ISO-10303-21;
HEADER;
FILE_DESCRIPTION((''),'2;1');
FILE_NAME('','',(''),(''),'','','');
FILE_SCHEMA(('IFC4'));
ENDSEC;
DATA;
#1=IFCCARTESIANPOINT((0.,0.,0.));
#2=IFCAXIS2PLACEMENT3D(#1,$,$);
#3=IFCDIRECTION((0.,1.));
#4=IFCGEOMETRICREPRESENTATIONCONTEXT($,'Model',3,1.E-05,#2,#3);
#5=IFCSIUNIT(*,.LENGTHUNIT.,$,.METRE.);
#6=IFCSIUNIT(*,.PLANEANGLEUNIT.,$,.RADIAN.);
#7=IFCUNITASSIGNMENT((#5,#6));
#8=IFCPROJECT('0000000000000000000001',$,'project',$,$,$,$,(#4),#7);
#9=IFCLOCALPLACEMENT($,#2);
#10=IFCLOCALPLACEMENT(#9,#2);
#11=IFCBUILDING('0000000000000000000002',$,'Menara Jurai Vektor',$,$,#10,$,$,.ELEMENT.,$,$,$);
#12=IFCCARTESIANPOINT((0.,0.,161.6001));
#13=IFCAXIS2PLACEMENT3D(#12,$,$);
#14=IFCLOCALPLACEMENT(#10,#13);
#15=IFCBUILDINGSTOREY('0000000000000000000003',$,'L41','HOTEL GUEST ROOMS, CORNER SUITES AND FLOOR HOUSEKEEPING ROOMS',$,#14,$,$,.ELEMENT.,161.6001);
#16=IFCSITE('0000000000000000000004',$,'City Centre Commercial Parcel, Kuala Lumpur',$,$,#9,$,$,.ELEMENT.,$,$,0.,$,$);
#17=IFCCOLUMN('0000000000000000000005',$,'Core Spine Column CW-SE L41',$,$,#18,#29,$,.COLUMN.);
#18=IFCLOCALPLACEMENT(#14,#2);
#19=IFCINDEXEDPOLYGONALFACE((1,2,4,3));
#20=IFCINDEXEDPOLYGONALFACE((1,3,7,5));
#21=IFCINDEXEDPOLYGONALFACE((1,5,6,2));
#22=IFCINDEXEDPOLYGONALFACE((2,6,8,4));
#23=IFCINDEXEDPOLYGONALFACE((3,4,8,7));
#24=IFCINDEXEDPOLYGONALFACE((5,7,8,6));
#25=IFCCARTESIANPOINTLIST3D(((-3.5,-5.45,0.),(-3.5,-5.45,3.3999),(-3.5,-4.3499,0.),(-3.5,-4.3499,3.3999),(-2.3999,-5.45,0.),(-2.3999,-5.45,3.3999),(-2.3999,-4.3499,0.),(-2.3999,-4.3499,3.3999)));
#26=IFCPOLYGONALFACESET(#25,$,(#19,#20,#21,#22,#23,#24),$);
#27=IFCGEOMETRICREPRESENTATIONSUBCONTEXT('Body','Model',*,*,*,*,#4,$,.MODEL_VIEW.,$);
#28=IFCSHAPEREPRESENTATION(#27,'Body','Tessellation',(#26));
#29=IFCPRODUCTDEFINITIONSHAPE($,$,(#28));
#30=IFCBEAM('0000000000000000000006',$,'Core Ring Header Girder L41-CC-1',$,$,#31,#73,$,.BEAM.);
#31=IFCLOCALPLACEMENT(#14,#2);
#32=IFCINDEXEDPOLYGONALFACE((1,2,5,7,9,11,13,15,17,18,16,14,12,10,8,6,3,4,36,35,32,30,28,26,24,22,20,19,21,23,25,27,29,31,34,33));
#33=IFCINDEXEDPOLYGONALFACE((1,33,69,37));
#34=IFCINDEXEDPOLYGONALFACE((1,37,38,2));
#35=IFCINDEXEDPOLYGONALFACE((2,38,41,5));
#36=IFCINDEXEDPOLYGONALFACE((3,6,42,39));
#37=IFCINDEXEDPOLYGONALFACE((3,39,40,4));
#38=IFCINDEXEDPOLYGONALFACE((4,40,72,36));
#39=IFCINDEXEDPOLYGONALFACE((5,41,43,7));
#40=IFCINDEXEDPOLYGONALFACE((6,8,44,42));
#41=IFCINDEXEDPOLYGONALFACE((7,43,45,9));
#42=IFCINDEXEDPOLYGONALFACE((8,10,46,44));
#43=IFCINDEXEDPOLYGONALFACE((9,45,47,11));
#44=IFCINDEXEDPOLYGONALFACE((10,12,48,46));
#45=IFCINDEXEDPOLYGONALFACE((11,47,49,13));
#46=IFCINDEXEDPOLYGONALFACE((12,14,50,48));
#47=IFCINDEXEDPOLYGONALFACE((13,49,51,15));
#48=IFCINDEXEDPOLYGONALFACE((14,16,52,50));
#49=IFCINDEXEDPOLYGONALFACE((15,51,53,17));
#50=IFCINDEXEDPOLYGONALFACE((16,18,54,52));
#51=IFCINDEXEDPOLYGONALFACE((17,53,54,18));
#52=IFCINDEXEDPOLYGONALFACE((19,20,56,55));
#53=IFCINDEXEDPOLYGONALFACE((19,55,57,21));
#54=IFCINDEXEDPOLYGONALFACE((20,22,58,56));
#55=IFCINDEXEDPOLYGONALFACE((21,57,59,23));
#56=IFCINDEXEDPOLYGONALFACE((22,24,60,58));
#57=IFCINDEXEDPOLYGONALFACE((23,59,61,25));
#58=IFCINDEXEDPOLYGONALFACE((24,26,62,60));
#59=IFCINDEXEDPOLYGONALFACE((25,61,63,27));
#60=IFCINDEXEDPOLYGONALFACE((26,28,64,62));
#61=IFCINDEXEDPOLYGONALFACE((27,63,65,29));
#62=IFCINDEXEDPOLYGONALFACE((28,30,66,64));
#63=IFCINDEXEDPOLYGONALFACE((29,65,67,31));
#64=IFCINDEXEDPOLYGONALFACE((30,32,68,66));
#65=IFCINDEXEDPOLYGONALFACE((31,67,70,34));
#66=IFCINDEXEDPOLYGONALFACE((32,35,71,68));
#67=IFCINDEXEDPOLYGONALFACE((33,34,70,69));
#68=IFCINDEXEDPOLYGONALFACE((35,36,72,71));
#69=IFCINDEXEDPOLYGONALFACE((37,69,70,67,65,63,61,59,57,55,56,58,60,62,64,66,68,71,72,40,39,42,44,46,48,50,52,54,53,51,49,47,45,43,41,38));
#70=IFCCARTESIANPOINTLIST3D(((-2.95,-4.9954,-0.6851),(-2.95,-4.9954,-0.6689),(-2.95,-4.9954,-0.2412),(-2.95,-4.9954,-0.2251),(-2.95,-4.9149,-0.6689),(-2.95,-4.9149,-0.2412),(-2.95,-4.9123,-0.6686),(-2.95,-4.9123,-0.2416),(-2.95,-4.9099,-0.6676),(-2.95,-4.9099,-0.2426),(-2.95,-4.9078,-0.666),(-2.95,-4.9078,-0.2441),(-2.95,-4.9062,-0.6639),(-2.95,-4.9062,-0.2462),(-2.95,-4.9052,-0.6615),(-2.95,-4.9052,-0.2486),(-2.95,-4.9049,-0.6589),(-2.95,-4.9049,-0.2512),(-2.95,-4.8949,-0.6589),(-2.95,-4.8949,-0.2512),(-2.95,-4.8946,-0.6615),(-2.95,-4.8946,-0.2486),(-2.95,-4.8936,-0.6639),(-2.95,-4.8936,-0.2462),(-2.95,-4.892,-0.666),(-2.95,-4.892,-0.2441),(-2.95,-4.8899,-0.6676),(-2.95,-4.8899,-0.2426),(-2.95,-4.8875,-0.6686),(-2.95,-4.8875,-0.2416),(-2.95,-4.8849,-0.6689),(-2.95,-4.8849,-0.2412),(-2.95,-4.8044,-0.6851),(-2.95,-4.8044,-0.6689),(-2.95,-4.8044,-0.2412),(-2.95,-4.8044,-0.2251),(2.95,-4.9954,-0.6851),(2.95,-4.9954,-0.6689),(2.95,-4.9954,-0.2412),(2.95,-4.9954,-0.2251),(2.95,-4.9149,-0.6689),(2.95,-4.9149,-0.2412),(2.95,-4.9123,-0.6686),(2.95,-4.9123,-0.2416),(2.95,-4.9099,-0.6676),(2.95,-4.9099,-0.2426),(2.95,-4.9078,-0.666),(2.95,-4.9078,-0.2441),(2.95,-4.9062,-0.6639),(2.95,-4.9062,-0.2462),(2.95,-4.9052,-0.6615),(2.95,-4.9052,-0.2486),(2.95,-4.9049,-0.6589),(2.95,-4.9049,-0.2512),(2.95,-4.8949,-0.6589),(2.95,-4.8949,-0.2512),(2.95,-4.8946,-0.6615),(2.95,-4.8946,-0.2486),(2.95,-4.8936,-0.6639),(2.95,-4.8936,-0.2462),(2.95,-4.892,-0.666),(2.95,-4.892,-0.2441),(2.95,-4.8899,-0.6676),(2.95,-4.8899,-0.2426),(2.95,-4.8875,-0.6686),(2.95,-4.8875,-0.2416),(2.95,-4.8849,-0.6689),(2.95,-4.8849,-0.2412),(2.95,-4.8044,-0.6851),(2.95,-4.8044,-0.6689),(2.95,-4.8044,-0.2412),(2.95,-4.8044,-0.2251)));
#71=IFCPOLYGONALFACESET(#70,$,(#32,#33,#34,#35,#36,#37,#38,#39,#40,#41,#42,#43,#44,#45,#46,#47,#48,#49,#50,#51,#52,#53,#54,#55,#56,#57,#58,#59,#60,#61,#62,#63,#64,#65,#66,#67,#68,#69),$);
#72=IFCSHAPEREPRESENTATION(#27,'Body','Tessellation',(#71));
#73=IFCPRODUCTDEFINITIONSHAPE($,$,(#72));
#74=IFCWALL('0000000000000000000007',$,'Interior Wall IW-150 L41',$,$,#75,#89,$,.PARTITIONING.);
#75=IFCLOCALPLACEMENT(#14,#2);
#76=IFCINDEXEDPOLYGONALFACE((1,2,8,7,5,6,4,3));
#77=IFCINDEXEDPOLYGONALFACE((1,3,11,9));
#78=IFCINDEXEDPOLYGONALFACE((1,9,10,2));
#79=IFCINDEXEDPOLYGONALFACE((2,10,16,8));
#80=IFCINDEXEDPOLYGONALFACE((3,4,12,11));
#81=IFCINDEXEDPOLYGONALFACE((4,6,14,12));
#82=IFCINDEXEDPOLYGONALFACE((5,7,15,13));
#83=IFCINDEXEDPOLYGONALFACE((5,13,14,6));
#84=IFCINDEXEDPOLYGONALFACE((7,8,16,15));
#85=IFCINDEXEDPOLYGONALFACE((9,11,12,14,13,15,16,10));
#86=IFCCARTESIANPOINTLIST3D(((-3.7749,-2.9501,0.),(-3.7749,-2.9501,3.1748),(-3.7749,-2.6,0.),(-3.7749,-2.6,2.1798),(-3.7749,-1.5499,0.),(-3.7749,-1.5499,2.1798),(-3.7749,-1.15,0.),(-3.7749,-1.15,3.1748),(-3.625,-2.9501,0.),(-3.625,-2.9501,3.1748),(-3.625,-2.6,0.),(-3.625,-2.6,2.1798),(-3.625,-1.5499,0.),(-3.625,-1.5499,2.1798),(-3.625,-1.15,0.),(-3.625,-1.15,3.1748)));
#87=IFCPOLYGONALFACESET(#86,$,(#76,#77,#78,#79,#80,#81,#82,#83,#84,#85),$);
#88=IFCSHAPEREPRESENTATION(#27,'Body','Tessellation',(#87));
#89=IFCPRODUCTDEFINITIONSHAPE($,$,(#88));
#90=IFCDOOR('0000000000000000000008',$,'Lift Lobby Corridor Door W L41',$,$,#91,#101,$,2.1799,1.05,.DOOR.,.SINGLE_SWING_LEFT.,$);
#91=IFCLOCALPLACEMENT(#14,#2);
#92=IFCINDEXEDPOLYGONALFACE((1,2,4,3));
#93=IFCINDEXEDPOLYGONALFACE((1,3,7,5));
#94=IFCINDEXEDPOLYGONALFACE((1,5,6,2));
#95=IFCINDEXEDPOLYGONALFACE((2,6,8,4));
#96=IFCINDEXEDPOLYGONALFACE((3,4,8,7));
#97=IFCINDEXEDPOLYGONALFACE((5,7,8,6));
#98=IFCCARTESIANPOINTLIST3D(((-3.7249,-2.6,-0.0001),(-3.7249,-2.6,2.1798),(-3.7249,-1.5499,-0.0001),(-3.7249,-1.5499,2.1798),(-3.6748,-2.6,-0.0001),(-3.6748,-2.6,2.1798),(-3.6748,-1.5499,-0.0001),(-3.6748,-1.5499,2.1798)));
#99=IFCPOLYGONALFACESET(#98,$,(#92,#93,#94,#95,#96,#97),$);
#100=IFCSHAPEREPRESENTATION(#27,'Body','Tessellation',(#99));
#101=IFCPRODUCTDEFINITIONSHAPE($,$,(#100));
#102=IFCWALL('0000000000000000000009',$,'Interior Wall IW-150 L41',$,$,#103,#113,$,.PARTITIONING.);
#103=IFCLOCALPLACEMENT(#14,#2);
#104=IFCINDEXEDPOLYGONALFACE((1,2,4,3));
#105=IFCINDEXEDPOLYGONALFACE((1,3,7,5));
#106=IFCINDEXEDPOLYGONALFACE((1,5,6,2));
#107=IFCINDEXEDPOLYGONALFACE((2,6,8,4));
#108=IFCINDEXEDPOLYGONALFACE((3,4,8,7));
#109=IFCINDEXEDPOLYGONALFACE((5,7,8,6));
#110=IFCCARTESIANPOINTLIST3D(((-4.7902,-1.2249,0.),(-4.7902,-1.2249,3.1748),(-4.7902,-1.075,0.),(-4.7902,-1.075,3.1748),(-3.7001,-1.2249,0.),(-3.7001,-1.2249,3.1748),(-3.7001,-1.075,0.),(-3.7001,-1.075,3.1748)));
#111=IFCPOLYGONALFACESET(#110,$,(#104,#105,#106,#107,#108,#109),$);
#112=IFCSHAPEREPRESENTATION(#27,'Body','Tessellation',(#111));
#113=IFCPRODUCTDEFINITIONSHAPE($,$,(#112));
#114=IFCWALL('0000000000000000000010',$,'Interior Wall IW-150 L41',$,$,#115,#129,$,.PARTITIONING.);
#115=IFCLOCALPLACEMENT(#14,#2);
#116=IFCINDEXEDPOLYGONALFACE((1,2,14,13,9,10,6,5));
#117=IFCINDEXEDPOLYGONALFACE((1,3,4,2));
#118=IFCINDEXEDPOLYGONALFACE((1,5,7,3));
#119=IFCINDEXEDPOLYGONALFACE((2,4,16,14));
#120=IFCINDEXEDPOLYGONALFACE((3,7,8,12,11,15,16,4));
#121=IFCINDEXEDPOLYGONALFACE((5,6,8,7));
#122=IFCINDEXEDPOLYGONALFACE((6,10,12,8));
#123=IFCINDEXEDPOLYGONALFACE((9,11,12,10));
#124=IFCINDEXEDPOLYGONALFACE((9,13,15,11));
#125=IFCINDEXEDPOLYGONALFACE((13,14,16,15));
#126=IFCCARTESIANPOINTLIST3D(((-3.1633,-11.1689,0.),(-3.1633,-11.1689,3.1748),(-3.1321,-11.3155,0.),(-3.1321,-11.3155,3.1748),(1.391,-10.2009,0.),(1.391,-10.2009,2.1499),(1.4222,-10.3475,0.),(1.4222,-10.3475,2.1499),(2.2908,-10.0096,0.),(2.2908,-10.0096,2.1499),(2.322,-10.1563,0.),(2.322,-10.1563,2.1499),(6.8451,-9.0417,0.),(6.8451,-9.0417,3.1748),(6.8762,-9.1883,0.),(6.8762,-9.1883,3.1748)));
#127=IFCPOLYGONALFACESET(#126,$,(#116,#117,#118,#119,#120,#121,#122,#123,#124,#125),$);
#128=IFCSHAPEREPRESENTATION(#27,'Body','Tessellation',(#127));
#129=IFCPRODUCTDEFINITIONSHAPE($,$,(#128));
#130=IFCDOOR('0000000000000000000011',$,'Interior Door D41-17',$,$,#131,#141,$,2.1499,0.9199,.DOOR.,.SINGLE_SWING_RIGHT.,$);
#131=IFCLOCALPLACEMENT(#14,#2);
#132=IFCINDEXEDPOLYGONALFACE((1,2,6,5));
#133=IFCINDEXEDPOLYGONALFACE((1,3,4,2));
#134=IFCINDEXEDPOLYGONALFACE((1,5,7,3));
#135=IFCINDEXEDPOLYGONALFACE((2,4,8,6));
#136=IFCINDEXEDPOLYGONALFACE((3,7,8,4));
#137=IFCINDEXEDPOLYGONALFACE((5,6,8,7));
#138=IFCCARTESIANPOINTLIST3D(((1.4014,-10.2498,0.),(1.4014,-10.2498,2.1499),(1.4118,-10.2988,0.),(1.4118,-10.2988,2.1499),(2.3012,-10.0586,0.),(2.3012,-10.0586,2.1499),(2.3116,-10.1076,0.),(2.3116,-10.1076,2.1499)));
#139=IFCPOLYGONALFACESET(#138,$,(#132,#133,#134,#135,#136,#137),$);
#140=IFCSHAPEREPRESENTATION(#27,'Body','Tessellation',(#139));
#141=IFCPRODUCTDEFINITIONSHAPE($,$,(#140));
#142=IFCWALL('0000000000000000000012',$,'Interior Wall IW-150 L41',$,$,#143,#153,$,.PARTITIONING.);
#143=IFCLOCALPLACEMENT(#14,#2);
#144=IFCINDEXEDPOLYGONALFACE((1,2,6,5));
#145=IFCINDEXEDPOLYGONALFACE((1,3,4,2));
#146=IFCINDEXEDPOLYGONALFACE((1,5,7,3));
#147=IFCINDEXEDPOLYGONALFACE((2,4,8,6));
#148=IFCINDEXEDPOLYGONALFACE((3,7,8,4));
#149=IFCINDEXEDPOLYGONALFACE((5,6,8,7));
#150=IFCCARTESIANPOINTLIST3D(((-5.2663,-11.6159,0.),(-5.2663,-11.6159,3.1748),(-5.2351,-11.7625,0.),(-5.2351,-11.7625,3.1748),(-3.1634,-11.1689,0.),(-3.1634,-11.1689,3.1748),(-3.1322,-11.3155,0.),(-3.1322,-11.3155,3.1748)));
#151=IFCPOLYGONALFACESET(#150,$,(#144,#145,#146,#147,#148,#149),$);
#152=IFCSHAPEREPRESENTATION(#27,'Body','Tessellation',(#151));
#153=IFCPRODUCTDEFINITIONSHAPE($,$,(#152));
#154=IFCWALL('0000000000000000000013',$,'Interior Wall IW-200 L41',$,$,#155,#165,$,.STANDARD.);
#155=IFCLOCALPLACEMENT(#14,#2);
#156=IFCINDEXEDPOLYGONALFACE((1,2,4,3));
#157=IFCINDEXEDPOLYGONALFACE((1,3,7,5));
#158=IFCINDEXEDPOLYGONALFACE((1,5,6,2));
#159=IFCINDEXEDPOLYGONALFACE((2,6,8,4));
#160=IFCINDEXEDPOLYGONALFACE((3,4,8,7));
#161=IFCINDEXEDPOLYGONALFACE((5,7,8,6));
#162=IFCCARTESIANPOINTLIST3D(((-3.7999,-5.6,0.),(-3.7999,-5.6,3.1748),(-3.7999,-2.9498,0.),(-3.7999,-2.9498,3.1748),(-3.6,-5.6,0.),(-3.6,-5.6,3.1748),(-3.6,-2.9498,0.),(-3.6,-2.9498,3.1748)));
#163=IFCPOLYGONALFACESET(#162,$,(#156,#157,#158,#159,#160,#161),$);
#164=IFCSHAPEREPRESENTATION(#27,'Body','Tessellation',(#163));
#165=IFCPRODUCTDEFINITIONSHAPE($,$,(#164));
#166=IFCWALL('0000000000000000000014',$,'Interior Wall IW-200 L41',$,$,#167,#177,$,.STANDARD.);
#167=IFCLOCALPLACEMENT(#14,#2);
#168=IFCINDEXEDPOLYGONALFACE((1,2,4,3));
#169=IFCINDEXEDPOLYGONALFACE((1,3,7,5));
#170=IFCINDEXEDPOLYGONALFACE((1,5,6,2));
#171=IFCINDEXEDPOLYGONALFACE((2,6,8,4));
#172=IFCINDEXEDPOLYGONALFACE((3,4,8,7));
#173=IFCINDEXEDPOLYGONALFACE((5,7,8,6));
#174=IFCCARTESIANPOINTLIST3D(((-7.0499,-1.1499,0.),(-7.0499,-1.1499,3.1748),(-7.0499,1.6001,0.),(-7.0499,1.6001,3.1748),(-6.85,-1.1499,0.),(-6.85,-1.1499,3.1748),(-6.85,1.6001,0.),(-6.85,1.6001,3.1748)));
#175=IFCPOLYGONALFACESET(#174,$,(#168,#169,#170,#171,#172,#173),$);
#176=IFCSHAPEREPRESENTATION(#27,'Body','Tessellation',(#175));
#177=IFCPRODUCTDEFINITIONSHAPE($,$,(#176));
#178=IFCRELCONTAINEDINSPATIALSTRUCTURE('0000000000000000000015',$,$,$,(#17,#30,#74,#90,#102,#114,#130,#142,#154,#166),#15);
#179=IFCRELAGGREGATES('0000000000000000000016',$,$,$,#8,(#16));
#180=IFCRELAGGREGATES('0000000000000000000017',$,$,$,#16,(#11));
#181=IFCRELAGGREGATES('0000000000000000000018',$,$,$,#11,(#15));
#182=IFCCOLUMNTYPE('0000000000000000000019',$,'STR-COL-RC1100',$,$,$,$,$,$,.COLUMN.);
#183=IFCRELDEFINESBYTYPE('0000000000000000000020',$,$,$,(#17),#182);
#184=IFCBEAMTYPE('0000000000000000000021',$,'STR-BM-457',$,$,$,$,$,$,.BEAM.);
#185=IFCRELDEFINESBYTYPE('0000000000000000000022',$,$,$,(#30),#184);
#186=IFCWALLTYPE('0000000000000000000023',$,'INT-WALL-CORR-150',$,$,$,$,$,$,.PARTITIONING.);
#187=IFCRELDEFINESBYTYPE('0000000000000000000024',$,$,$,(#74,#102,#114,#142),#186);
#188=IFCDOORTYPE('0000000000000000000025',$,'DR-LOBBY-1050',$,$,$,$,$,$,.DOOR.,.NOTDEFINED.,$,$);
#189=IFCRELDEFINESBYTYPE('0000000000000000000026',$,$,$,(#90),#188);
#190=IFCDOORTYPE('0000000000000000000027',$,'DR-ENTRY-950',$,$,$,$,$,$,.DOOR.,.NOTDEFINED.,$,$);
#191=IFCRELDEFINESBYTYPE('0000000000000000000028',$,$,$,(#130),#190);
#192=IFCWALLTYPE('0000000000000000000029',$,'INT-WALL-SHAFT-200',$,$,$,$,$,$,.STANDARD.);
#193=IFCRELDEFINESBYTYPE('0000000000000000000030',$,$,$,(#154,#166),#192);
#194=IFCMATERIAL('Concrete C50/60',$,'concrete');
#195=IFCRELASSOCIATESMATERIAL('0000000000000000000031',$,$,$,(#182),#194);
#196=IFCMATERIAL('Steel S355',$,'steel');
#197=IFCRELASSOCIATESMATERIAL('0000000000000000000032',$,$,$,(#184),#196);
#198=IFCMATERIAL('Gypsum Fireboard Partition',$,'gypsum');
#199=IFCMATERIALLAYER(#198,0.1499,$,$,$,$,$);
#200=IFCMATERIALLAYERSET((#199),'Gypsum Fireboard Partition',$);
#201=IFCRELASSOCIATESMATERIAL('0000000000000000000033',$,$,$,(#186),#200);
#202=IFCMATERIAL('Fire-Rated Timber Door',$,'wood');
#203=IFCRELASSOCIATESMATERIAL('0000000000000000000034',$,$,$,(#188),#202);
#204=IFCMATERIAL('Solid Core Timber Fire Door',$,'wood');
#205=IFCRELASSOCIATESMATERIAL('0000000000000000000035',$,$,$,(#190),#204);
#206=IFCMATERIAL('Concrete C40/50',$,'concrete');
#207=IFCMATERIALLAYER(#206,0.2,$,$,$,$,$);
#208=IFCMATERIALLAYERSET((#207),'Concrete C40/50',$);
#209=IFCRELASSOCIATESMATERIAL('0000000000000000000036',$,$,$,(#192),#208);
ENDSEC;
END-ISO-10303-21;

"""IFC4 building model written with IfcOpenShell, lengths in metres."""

from ifc_helpers import new_model, si_unit, direction, frame, frame_2d, origin, origin_2d, place, context, subcontext, project, spatial, rectangle, i_section, extrude, material, layer, layer_set, material_profile, profile_set, type_object, element, fill, save


model = new_model("IFC4")

# Units and contexts
model_context = context("Model", 3, precision=1e-05, world=origin(), true_north=direction((0.0, 1.0)))
body_context = subcontext(model_context, "Body", "Model", "MODEL_VIEW")
ifc_project = project(units=[si_unit("LENGTHUNIT", "METRE"), si_unit("PLANEANGLEUNIT", "RADIAN")], contexts=[model_context])

# Site, building, storey
site_placement = place(None, origin())
site = spatial("IfcSite", under=ifc_project, at=site_placement, Name="City Centre Commercial Parcel, Kuala Lumpur", CompositionType="ELEMENT", RefElevation=0.0)
building_placement = place(site_placement, origin())
building = spatial("IfcBuilding", under=site, at=building_placement, Name="Menara Jurai Vektor", CompositionType="ELEMENT")
storey_placement = place(building_placement, frame((0.0, 0.0, 161.6001)))
storey = spatial("IfcBuildingStorey", under=building, at=storey_placement, Name="L41", Description="HOTEL GUEST ROOMS, CORNER SUITES AND FLOOR HOUSEKEEPING ROOMS", CompositionType="ELEMENT", Elevation=161.6001)

# Column
ifc_material_1 = material(Name="Concrete C50/60", Category="concrete")
ifc_material_profile_1 = material_profile(ifc_material_1, rectangle(XDim=1.1001, YDim=1.1001, at=origin_2d()), Name="RC 1100x1100")
ifc_profile_set_1 = profile_set([ifc_material_profile_1], Name="Concrete C50/60")
column_type = type_object("IfcColumnType", Name="STR-COL-RC1100", PredefinedType="COLUMN", material=ifc_profile_set_1)
column_placement = place(storey_placement, frame((-2.95, -4.8999, 0.0), z_axis=(0.0, 0.0, 1.0), x_axis=(1.0, 0.0, 0.0)))
element("IfcColumn", 1, at=column_placement, inside=storey, type_object=column_type, Name="Core Spine Column CW-SE L41", PredefinedType="COLUMN", context=body_context, shape_type="SweptSolid", body=[
    extrude(rectangle(XDim=1.1001, YDim=1.1001, at=origin_2d()), origin(), (0.0, 0.0, 1.0), 3.3999),
])

# Beam
ifc_material_2 = material(Name="Steel S355", Category="steel")
ifc_material_profile_2 = material_profile(ifc_material_2, i_section(OverallWidth=0.1909, OverallDepth=0.46, WebThickness=0.01, FlangeThickness=0.0161, FilletRadius=0.01, at=origin_2d()), Name="UKB 457x191x82")
ifc_profile_set_2 = profile_set([ifc_material_profile_2], Name="Steel S355")
beam_type = type_object("IfcBeamType", Name="STR-BM-457", PredefinedType="BEAM", material=ifc_profile_set_2)
beam_placement = place(storey_placement, frame((-2.95, -4.8999, -0.4551), z_axis=(1.0, 0.0, 0.0), x_axis=(0.0, 1.0, 0.0)))
element("IfcBeam", 2, at=beam_placement, inside=storey, type_object=beam_type, Name="Core Ring Header Girder L41-CC-1", PredefinedType="BEAM", context=body_context, shape_type="SweptSolid", body=[
    extrude(i_section(OverallWidth=0.1909, OverallDepth=0.46, WebThickness=0.01, FlangeThickness=0.0161, FilletRadius=0.01, at=origin_2d()), origin(), (0.0, 0.0, 1.0), 5.8999),
])

# Wall, opening, door
ifc_material_3 = material(Name="Gypsum Fireboard Partition", Category="gypsum")
ifc_layer_1 = layer(ifc_material_3, 0.1499)
ifc_layer_set_1 = layer_set([ifc_layer_1], Name="Gypsum Fireboard Partition")
wall_type_1 = type_object("IfcWallType", Name="INT-WALL-CORR-150", PredefinedType="PARTITIONING", material=ifc_layer_set_1)
wall_1_placement = place(storey_placement, frame((-3.7, -2.95, 0.0), z_axis=(0.0, 0.0, 1.0), x_axis=(0.0, 1.0, 0.0)))
wall_1 = element("IfcWall", 3, at=wall_1_placement, inside=storey, type_object=wall_type_1, Name="Interior Wall IW-150 L41", PredefinedType="PARTITIONING", context=body_context, shape_type="SweptSolid", body=[
    extrude(rectangle(XDim=1.8, YDim=0.1499, at=frame_2d((0.8999, 0.0))), origin(), (0.0, 0.0, 1.0), 3.1748),
])
opening_1_placement = place(wall_1_placement, frame((0.3501, 0.0, 0.0)))
opening_1 = element("IfcOpeningElement", 4, at=opening_1_placement, cuts=wall_1, PredefinedType="OPENING", context=body_context, shape_type="SweptSolid", body=[
    extrude(rectangle(XDim=1.05, YDim=2.1799, at=frame_2d((0.5249, 1.0898))), frame((0.0, 0.085, 0.0), z_axis=(0.0, -1.0, 0.0), x_axis=(1.0, 0.0, 0.0)), (0.0, 0.0, 1.0), 0.1699),
])
ifc_material_4 = material(Name="Fire-Rated Timber Door", Category="wood")
door_type_1 = type_object("IfcDoorType", Name="DR-LOBBY-1050", OperationType="NOTDEFINED", PredefinedType="DOOR", material=ifc_material_4)
door_1_placement = place(opening_1_placement, origin())
door_1 = element("IfcDoor", 5, at=door_1_placement, inside=storey, type_object=door_type_1, Name="Lift Lobby Corridor Door W L41", OperationType="SINGLE_SWING_LEFT", OverallHeight=2.1799, OverallWidth=1.05, PredefinedType="DOOR", context=body_context, shape_type="SweptSolid", body=[
    extrude(rectangle(XDim=1.05, YDim=2.1799, at=frame_2d((0.5249, 1.0898))), frame((0.0, 0.0249, 0.0), z_axis=(0.0, -1.0, 0.0), x_axis=(1.0, 0.0, 0.0)), (0.0, 0.0, 1.0), 0.05),
])
fill(opening_1, door_1)

# Wall
wall_2_placement = place(storey_placement, frame((-4.79, -1.1499, 0.0), z_axis=(0.0, 0.0, 1.0), x_axis=(1.0, 0.0, 0.0)))
element("IfcWall", 6, at=wall_2_placement, inside=storey, type_object=wall_type_1, Name="Interior Wall IW-150 L41", PredefinedType="PARTITIONING", context=body_context, shape_type="SweptSolid", body=[
    extrude(rectangle(XDim=1.0901, YDim=0.1499, at=frame_2d((0.5449, 0.0))), origin(), (0.0, 0.0, 1.0), 3.1748),
])

# Wall, opening, door
wall_3_placement = place(storey_placement, frame((-3.1477, -11.2422, 0.0), z_axis=(0.0, 0.0, 1.0), x_axis=(0.97815, 0.207899, 0.0)))
wall_3 = element("IfcWall", 7, at=wall_3_placement, inside=storey, type_object=wall_type_1, Name="Interior Wall IW-150 L41", PredefinedType="PARTITIONING", context=body_context, shape_type="SweptSolid", body=[
    extrude(rectangle(XDim=10.2319, YDim=0.1499, at=frame_2d((5.116, 0.0))), origin(), (0.0, 0.0, 1.0), 3.1748),
])
opening_2_placement = place(wall_3_placement, frame((4.656, 0.0, 0.0)))
opening_2 = element("IfcOpeningElement", 8, at=opening_2_placement, cuts=wall_3, PredefinedType="OPENING", context=body_context, shape_type="SweptSolid", body=[
    extrude(rectangle(XDim=0.9199, YDim=2.1499, at=frame_2d((0.46, 1.075))), frame((0.0, 0.085, 0.0), z_axis=(0.0, -1.0, 0.0), x_axis=(1.0, 0.0, 0.0)), (0.0, 0.0, 1.0), 0.1699),
])
ifc_material_5 = material(Name="Solid Core Timber Fire Door", Category="wood")
door_type_2 = type_object("IfcDoorType", Name="DR-ENTRY-950", OperationType="NOTDEFINED", PredefinedType="DOOR", material=ifc_material_5)
door_2_placement = place(opening_2_placement, origin())
door_2 = element("IfcDoor", 9, at=door_2_placement, inside=storey, type_object=door_type_2, Name="Interior Door D41-17", OperationType="SINGLE_SWING_RIGHT", OverallHeight=2.1499, OverallWidth=0.9199, PredefinedType="DOOR", context=body_context, shape_type="SweptSolid", body=[
    extrude(rectangle(XDim=0.9199, YDim=2.1499, at=frame_2d((0.46, 1.075))), frame((0.0, 0.0249, 0.0), z_axis=(0.0, -1.0, 0.0), x_axis=(1.0, 0.0, 0.0)), (0.0, 0.0, 1.0), 0.05),
])
fill(opening_2, door_2)

# Wall
wall_4_placement = place(storey_placement, frame((-5.2507, -11.6892, 0.0), z_axis=(0.0, 0.0, 1.0), x_axis=(0.978147, 0.207916, 0.0)))
element("IfcWall", 10, at=wall_4_placement, inside=storey, type_object=wall_type_1, Name="Interior Wall IW-150 L41", PredefinedType="PARTITIONING", context=body_context, shape_type="SweptSolid", body=[
    extrude(rectangle(XDim=2.1499, YDim=0.1499, at=frame_2d((1.075, 0.0))), origin(), (0.0, 0.0, 1.0), 3.1748),
])

# Shared definitions
ifc_material_6 = material(Name="Concrete C40/50", Category="concrete")
ifc_layer_2 = layer(ifc_material_6, 0.2)
ifc_layer_set_2 = layer_set([ifc_layer_2], Name="Concrete C40/50")
wall_type_2 = type_object("IfcWallType", Name="INT-WALL-SHAFT-200", PredefinedType="STANDARD", material=ifc_layer_set_2)

# Walls
wall_5_placement = place(storey_placement, frame((-3.7, -5.6001, 0.0), z_axis=(0.0, 0.0, 1.0), x_axis=(0.0, 1.0, 0.0)))
element("IfcWall", 11, at=wall_5_placement, inside=storey, type_object=wall_type_2, Name="Interior Wall IW-200 L41", PredefinedType="STANDARD", context=body_context, shape_type="SweptSolid", body=[
    extrude(rectangle(XDim=2.6501, YDim=0.2, at=frame_2d((1.3252, 0.0))), origin(), (0.0, 0.0, 1.0), 3.1748),
])
wall_6_placement = place(storey_placement, frame((-6.95, -1.1499, 0.0), z_axis=(0.0, 0.0, 1.0), x_axis=(0.0, 1.0, 0.0)))
element("IfcWall", 12, at=wall_6_placement, inside=storey, type_object=wall_type_2, Name="Interior Wall IW-200 L41", PredefinedType="STANDARD", context=body_context, shape_type="SweptSolid", body=[
    extrude(rectangle(XDim=2.75, YDim=0.2, at=frame_2d((1.375, 0.0))), origin(), (0.0, 0.0, 1.0), 3.1748),
])

save(model, "model.ifc")
